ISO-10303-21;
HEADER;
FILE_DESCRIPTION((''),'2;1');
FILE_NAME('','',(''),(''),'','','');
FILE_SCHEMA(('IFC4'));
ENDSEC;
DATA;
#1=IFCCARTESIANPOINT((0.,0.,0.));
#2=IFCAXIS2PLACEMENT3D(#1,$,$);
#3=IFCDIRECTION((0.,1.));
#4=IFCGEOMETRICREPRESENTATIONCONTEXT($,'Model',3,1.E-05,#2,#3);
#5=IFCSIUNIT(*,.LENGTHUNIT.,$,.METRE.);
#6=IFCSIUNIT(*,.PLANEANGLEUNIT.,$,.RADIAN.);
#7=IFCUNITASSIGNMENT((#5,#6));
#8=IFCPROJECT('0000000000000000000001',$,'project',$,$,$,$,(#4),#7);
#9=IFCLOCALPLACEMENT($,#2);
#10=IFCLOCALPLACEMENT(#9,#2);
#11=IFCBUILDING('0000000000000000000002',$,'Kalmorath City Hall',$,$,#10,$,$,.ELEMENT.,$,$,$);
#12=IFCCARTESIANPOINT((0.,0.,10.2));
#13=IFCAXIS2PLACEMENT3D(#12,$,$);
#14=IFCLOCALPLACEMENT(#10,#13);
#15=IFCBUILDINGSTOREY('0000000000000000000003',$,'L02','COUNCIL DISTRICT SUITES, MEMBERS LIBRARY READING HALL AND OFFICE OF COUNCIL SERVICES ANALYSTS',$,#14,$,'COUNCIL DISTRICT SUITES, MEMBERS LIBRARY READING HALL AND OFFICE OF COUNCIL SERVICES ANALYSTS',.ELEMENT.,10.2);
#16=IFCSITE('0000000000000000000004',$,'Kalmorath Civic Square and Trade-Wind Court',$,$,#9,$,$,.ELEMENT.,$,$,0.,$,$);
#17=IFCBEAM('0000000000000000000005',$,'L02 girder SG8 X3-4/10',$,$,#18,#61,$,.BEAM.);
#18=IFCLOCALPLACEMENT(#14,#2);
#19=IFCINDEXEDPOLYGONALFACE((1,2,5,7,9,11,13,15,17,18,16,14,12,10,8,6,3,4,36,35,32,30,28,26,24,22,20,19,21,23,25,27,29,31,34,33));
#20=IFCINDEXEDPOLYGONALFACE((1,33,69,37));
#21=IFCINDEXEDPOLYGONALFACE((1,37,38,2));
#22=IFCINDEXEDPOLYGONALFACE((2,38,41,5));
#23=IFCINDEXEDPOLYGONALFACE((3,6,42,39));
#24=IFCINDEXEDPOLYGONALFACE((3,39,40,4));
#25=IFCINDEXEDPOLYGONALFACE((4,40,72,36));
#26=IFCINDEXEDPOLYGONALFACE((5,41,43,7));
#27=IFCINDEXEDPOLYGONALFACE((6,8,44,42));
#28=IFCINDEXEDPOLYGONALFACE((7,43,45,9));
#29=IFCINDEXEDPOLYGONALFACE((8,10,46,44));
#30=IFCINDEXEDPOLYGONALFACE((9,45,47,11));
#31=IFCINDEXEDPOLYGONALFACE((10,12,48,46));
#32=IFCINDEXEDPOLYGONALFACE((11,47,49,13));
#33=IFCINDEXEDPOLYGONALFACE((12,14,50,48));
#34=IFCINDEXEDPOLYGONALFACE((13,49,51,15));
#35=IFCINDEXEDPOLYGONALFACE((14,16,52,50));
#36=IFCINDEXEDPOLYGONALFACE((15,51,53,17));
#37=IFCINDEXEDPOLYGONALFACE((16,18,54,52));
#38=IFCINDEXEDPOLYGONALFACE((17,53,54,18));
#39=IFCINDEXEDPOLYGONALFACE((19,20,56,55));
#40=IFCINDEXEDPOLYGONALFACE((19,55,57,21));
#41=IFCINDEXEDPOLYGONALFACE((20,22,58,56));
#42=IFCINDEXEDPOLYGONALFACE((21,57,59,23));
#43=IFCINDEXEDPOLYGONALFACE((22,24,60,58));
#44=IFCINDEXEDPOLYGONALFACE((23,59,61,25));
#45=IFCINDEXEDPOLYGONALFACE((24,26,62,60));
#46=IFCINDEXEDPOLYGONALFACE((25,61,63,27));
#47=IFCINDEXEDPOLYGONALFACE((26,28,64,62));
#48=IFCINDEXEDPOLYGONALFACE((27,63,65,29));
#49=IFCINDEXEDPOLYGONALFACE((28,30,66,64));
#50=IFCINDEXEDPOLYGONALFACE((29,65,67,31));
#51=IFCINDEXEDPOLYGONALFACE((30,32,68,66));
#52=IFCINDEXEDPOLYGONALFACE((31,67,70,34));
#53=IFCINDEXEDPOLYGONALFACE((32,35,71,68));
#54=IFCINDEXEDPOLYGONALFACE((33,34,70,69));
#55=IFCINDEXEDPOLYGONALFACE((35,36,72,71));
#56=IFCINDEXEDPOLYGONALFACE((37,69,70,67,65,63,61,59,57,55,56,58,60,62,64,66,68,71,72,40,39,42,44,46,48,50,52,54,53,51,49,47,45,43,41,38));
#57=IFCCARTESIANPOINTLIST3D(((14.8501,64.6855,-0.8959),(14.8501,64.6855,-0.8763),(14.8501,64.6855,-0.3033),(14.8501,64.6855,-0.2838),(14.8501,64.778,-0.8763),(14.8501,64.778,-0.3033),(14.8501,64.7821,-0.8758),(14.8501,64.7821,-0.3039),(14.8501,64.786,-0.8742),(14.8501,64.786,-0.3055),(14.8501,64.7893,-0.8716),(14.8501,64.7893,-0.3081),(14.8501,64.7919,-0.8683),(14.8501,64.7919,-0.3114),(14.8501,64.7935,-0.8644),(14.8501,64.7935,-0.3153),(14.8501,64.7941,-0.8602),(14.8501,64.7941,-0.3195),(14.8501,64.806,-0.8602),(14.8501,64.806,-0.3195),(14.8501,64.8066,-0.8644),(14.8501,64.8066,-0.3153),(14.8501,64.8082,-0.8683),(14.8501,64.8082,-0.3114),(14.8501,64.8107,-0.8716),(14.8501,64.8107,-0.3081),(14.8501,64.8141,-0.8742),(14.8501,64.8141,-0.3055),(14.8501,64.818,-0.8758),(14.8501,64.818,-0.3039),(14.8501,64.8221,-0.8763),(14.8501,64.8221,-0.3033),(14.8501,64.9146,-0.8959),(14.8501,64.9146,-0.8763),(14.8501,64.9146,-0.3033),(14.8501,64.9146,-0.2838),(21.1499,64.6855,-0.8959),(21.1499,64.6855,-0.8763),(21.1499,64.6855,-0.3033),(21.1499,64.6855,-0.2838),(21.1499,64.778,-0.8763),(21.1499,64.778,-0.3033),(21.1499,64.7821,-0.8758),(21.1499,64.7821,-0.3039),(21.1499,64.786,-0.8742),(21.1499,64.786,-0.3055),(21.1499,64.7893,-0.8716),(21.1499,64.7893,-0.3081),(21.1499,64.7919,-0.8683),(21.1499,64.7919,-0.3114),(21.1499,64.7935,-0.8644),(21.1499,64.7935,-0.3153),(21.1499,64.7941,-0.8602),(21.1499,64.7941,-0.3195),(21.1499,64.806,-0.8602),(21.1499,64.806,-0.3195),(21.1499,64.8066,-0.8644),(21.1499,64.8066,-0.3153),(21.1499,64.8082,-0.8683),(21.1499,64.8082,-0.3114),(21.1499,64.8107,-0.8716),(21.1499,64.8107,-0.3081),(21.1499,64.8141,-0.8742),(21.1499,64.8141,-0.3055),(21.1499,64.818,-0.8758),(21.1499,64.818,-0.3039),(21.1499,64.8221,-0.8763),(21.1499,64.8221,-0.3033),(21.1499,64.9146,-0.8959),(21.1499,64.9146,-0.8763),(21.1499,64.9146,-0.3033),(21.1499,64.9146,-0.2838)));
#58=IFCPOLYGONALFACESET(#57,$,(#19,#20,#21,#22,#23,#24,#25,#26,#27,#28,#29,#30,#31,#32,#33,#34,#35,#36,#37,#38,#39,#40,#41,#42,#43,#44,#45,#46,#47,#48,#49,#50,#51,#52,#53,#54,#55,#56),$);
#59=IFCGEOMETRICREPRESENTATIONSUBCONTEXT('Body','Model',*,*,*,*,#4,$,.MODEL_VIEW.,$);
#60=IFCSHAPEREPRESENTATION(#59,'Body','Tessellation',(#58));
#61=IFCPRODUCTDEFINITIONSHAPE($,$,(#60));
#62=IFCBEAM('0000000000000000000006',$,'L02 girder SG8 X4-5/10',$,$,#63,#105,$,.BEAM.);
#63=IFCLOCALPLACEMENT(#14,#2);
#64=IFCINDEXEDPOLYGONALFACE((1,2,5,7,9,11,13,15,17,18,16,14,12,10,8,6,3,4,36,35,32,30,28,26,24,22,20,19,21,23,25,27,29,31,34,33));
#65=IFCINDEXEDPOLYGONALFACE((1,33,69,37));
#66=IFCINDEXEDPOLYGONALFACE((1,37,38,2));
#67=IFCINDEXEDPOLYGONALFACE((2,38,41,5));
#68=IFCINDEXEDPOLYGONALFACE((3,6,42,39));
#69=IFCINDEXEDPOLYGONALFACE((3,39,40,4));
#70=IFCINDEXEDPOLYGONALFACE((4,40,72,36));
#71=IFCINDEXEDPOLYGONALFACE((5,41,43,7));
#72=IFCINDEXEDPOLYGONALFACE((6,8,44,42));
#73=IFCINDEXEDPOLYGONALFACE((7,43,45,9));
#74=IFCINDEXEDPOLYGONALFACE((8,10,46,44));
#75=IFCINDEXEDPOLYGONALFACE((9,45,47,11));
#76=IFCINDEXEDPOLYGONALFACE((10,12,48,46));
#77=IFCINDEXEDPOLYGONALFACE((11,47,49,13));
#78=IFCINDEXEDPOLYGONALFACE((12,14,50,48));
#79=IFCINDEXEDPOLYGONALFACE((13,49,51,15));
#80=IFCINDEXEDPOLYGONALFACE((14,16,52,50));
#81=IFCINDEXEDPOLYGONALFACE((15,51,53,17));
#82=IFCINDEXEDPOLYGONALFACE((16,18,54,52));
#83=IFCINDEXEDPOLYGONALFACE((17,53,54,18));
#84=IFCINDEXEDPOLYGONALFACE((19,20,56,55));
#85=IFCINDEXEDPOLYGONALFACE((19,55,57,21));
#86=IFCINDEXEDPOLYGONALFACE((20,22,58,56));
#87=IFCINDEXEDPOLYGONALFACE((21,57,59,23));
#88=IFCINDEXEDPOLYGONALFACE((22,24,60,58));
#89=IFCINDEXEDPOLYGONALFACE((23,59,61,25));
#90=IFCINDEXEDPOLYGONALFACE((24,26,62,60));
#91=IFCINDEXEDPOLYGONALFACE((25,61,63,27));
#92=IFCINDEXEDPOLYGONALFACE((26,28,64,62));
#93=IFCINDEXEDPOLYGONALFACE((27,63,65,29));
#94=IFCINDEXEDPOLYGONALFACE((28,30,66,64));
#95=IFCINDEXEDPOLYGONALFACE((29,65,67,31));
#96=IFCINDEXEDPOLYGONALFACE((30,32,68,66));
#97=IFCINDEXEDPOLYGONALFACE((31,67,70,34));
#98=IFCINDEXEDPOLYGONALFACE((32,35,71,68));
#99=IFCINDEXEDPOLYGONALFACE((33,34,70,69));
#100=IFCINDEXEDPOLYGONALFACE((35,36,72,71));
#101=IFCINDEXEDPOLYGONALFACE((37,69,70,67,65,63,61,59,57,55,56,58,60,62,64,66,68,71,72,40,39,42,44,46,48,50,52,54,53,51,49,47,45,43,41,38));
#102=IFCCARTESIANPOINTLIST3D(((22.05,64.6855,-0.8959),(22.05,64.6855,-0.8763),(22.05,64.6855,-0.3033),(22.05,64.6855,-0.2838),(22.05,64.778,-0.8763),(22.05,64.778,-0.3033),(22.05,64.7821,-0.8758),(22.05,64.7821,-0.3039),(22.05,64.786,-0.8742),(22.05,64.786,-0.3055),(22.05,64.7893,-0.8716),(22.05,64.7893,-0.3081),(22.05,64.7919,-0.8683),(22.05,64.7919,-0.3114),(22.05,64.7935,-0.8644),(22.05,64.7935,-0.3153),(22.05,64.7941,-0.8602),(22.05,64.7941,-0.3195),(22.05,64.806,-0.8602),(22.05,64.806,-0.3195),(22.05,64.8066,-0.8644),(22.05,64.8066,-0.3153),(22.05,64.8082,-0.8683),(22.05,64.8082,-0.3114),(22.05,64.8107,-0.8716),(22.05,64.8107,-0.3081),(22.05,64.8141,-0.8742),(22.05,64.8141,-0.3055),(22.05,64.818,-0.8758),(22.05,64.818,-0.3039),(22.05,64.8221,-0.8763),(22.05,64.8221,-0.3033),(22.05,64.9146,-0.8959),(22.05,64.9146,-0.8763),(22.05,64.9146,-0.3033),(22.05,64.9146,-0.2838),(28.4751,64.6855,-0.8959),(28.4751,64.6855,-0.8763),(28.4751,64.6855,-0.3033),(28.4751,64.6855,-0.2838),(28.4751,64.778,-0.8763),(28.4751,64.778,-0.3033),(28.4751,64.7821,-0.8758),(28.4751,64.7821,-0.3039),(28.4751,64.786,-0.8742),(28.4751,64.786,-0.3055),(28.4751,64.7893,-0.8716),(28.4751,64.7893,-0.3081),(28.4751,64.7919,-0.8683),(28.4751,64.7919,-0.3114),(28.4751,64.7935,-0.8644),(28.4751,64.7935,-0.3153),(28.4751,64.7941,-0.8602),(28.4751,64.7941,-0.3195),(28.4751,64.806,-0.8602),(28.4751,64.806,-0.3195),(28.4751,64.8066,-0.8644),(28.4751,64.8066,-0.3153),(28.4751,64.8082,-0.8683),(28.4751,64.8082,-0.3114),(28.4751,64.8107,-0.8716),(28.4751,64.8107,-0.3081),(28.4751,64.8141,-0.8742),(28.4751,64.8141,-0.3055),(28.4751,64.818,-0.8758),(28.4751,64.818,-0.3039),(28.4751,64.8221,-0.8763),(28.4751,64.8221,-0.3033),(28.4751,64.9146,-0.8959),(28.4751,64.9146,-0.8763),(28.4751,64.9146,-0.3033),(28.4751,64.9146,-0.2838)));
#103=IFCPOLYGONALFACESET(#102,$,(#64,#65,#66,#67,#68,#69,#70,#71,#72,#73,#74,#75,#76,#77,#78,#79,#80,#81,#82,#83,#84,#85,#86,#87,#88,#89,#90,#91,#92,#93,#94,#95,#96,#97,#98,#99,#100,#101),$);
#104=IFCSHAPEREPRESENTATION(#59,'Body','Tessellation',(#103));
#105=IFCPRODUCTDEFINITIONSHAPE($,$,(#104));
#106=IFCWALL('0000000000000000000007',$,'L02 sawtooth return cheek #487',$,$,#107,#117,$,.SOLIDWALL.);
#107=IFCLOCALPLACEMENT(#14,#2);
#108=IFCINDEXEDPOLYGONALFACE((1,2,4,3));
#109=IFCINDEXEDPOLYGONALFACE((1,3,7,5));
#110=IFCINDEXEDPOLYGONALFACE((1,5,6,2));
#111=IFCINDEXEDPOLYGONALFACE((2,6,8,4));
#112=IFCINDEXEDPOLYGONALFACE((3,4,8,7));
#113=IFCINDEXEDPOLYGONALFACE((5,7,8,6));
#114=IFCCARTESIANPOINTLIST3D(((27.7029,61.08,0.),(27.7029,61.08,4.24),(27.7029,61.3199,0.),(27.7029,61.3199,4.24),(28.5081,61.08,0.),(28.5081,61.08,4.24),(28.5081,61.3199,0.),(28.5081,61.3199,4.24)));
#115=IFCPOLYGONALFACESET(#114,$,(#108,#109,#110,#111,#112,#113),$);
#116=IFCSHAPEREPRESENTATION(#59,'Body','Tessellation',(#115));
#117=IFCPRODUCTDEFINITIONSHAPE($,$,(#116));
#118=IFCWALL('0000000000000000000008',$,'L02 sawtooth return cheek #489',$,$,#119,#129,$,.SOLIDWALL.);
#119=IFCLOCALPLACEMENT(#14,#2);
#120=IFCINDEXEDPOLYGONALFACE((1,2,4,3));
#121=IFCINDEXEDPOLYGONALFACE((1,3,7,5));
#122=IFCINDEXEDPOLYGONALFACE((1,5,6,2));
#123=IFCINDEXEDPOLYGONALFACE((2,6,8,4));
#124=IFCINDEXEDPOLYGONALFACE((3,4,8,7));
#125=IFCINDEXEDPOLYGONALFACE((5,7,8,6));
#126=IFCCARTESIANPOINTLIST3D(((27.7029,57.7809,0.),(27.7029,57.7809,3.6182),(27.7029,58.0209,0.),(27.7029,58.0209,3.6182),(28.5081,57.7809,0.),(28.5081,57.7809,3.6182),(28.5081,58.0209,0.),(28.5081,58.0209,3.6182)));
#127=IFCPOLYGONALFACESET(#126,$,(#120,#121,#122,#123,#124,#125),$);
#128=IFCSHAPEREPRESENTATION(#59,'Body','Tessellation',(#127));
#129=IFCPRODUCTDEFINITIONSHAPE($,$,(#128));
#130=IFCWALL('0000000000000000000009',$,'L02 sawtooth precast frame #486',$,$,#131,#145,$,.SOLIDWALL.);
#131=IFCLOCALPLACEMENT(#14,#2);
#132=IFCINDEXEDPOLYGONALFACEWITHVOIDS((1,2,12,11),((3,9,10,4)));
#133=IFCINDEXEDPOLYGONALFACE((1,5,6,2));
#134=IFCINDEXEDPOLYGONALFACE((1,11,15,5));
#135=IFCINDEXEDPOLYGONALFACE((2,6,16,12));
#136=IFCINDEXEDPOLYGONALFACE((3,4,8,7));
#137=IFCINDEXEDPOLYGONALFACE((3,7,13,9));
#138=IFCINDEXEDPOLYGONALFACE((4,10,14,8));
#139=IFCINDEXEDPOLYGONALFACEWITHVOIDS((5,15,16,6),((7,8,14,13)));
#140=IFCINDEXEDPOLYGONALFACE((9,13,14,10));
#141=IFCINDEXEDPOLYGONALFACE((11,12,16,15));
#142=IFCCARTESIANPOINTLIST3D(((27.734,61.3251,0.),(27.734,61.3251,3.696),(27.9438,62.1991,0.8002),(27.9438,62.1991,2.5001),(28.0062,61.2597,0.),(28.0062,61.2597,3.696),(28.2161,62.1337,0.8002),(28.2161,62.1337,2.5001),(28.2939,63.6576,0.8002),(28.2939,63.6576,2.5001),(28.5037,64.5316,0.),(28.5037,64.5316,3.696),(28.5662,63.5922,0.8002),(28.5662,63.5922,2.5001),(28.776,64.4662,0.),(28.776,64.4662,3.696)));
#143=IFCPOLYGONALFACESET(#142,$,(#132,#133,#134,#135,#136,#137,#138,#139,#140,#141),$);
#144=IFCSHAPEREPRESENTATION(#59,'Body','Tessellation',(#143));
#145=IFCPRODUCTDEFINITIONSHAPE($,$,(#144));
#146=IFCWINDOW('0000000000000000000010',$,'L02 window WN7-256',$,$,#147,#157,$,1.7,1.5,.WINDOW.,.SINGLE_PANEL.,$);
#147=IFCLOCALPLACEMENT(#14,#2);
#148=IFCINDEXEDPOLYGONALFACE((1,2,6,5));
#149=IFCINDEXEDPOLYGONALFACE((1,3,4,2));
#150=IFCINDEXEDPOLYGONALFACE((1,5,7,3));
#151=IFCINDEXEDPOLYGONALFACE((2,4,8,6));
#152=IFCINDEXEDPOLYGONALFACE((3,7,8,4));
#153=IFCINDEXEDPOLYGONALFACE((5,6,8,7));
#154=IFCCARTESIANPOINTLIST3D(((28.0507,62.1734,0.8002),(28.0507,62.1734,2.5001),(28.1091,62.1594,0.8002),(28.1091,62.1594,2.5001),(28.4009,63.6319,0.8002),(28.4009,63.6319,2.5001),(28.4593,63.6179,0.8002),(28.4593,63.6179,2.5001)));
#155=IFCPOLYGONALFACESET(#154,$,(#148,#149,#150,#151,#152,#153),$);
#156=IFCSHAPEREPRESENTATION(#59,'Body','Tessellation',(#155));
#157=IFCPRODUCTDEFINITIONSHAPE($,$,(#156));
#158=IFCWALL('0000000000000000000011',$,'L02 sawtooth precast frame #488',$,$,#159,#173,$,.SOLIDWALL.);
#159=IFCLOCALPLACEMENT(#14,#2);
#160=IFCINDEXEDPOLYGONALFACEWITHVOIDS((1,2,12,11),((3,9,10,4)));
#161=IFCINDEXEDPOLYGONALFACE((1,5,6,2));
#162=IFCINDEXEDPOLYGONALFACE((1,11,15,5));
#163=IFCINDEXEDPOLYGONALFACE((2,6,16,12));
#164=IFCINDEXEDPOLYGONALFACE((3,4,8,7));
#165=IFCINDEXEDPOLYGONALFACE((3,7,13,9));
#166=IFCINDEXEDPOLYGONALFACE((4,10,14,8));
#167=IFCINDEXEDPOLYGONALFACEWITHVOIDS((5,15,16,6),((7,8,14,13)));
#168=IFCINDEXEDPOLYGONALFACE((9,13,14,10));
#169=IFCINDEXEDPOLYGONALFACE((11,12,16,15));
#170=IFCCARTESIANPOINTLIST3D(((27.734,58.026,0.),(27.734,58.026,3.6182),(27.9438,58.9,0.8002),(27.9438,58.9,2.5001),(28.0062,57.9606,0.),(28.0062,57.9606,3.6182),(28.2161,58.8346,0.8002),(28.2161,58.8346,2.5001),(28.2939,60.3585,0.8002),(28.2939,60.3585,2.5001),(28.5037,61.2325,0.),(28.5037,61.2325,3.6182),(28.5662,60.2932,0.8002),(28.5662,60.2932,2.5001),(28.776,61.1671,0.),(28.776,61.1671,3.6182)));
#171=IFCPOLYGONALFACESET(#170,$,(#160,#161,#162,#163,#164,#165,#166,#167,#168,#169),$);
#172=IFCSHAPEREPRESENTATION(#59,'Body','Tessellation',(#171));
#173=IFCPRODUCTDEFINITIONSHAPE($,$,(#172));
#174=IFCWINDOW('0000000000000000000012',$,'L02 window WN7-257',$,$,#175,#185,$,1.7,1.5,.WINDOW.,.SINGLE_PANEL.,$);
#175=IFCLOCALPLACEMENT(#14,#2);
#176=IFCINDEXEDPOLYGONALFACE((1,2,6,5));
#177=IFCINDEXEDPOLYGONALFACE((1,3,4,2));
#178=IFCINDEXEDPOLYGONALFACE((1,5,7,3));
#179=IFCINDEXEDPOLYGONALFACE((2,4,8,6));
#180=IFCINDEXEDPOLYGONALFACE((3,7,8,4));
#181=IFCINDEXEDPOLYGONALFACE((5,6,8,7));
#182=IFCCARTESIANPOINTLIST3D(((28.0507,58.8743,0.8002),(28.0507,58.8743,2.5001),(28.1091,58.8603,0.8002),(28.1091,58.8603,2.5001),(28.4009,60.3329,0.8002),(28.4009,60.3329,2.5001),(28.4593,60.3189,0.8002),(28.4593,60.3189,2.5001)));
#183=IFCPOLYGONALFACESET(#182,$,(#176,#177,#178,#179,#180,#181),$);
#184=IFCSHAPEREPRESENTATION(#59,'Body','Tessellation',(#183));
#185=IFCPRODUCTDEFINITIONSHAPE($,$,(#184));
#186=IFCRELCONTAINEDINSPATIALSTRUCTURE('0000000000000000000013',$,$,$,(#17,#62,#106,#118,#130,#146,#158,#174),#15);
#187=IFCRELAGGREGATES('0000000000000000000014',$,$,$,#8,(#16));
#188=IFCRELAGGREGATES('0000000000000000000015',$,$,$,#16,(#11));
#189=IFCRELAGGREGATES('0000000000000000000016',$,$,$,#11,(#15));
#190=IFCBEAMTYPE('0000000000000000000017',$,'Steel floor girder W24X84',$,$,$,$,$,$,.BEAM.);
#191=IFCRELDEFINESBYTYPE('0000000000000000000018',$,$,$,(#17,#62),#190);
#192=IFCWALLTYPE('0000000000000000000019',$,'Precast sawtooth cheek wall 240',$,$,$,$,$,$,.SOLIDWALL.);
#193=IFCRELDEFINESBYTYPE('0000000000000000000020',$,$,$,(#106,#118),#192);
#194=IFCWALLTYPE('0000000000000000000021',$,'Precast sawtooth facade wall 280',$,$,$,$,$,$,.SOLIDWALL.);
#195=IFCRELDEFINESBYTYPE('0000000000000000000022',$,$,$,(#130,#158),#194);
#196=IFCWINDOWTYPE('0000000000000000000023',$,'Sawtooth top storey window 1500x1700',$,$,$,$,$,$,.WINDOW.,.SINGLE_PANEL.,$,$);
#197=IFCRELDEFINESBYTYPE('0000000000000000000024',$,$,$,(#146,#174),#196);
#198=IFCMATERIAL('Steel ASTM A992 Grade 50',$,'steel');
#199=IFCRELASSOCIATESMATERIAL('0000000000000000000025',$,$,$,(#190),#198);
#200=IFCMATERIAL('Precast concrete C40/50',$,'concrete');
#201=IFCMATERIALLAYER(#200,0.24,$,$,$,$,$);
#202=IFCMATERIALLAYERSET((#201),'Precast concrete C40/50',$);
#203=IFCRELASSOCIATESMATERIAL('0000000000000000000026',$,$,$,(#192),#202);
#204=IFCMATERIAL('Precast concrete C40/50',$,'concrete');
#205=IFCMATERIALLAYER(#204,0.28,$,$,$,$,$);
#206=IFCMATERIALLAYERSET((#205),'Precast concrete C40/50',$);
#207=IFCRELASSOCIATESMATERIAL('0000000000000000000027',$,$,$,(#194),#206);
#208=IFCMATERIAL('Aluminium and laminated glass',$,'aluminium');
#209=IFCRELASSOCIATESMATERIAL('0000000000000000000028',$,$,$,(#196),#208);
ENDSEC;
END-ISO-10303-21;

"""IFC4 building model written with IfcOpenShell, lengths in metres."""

from ifc_helpers import new_model, si_unit, direction, frame, frame_2d, origin, origin_2d, place, context, subcontext, project, spatial, rectangle, i_section, extrude, material, layer, layer_set, material_profile, profile_set, type_object, element, fill, save


model = new_model("IFC4")

# Units and contexts
model_context = context("Model", 3, precision=1e-05, world=origin(), true_north=direction((0.0, 1.0)))
body_context = subcontext(model_context, "Body", "Model", "MODEL_VIEW")
ifc_project = project(units=[si_unit("LENGTHUNIT", "METRE"), si_unit("PLANEANGLEUNIT", "RADIAN")], contexts=[model_context])

# Site, building, storey
site_placement = place(None, origin())
site = spatial("IfcSite", under=ifc_project, at=site_placement, Name="Kalmorath Civic Square and Trade-Wind Court", CompositionType="ELEMENT", RefElevation=0.0)
building_placement = place(site_placement, origin())
building = spatial("IfcBuilding", under=site, at=building_placement, Name="Kalmorath City Hall", CompositionType="ELEMENT")
storey_placement = place(building_placement, frame((0.0, 0.0, 10.2)))
storey = spatial("IfcBuildingStorey", under=building, at=storey_placement, Name="L02", Description="COUNCIL DISTRICT SUITES, MEMBERS LIBRARY READING HALL AND OFFICE OF COUNCIL SERVICES ANALYSTS", LongName="COUNCIL DISTRICT SUITES, MEMBERS LIBRARY READING HALL AND OFFICE OF COUNCIL SERVICES ANALYSTS", CompositionType="ELEMENT", Elevation=10.2)

# Beams
ifc_material_1 = material(Name="Steel ASTM A992 Grade 50", Category="steel")
ifc_material_profile_1 = material_profile(ifc_material_1, i_section(OverallWidth=0.229, OverallDepth=0.6121, WebThickness=0.012, FlangeThickness=0.0195, FilletRadius=0.0161, at=origin_2d()), Name="W24X84")
ifc_profile_set_1 = profile_set([ifc_material_profile_1], Name="Steel ASTM A992 Grade 50")
beam_type_1 = type_object("IfcBeamType", Name="Steel floor girder W24X84", PredefinedType="BEAM", material=ifc_profile_set_1)
beam_1_placement = place(storey_placement, frame((14.8501, 64.8, -0.5898), z_axis=(1.0, 0.0, 0.0), x_axis=(0.0, 1.0, 0.0)))
element("IfcBeam", 1, at=beam_1_placement, inside=storey, type_object=beam_type_1, Name="L02 girder SG8 X3-4/10", PredefinedType="BEAM", context=body_context, shape_type="SweptSolid", body=[
    extrude(i_section(OverallWidth=0.229, OverallDepth=0.6121, WebThickness=0.012, FlangeThickness=0.0195, FilletRadius=0.0161, at=origin_2d()), origin(), (0.0, 0.0, 1.0), 6.2998),
])
beam_2_placement = place(storey_placement, frame((22.05, 64.8, -0.5898), z_axis=(1.0, 0.0, 0.0), x_axis=(0.0, 1.0, 0.0)))
element("IfcBeam", 2, at=beam_2_placement, inside=storey, type_object=beam_type_1, Name="L02 girder SG8 X4-5/10", PredefinedType="BEAM", context=body_context, shape_type="SweptSolid", body=[
    extrude(i_section(OverallWidth=0.229, OverallDepth=0.6121, WebThickness=0.012, FlangeThickness=0.0195, FilletRadius=0.0161, at=origin_2d()), origin(), (0.0, 0.0, 1.0), 6.425),
])

# Walls
ifc_material_2 = material(Name="Precast concrete C40/50", Category="concrete")
ifc_layer_1 = layer(ifc_material_2, 0.24)
ifc_layer_set_1 = layer_set([ifc_layer_1], Name="Precast concrete C40/50")
wall_type_1 = type_object("IfcWallType", Name="Precast sawtooth cheek wall 240", PredefinedType="SOLIDWALL", material=ifc_layer_set_1)
wall_1_placement = place(storey_placement, frame((27.7029, 61.2, 0.0), z_axis=(0.0, 0.0, 1.0), x_axis=(1.0, 0.0, 0.0)))
element("IfcWall", 3, at=wall_1_placement, inside=storey, type_object=wall_type_1, Name="L02 sawtooth return cheek #487", PredefinedType="SOLIDWALL", context=body_context, shape_type="SweptSolid", body=[
    extrude(rectangle(XDim=0.8052, YDim=0.24, at=frame_2d((0.4026, 0.0))), origin(), (0.0, 0.0, 1.0), 4.24),
])
wall_2_placement = place(storey_placement, frame((27.7029, 57.9009, 0.0), z_axis=(0.0, 0.0, 1.0), x_axis=(1.0, 0.0, 0.0)))
element("IfcWall", 4, at=wall_2_placement, inside=storey, type_object=wall_type_1, Name="L02 sawtooth return cheek #489", PredefinedType="SOLIDWALL", context=body_context, shape_type="SweptSolid", body=[
    extrude(rectangle(XDim=0.8052, YDim=0.24, at=frame_2d((0.4026, 0.0))), origin(), (0.0, 0.0, 1.0), 3.6182),
])

# Walls, openings, windows
ifc_material_3 = material(Name="Precast concrete C40/50", Category="concrete")
ifc_layer_2 = layer(ifc_material_3, 0.28)
ifc_layer_set_2 = layer_set([ifc_layer_2], Name="Precast concrete C40/50")
wall_type_2 = type_object("IfcWallType", Name="Precast sawtooth facade wall 280", PredefinedType="SOLIDWALL", material=ifc_layer_set_2)
wall_3_placement = place(storey_placement, frame((28.6399, 64.499, 0.0), z_axis=(0.0, 0.0, 1.0), x_axis=(-0.233432, -0.972373, 0.0)))
wall_3 = element("IfcWall", 5, at=wall_3_placement, inside=storey, type_object=wall_type_2, Name="L02 sawtooth precast frame #486", PredefinedType="SOLIDWALL", context=body_context, shape_type="SweptSolid", body=[
    extrude(rectangle(XDim=3.2976, YDim=0.28, at=frame_2d((1.6489, 0.0))), origin(), (0.0, 0.0, 1.0), 3.696),
])
opening_1_placement = place(wall_3_placement, frame((0.8989, 0.0, 0.8)))
opening_1 = element("IfcOpeningElement", 6, at=opening_1_placement, cuts=wall_3, PredefinedType="OPENING", context=body_context, shape_type="SweptSolid", body=[
    extrude(rectangle(XDim=1.5, YDim=1.7, at=frame_2d((0.75, 0.8501))), frame((0.0, 0.1499, 0.0), z_axis=(0.0, -1.0, 0.0), x_axis=(1.0, 0.0, 0.0)), (0.0, 0.0, 1.0), 0.3),
])
ifc_material_4 = material(Name="Aluminium and laminated glass", Category="aluminium")
window_type = type_object("IfcWindowType", Name="Sawtooth top storey window 1500x1700", PartitioningType="SINGLE_PANEL", PredefinedType="WINDOW", material=ifc_material_4)
window_1_placement = place(opening_1_placement, origin())
window_1 = element("IfcWindow", 7, at=window_1_placement, inside=storey, type_object=window_type, Name="L02 window WN7-256", OverallHeight=1.7, OverallWidth=1.5, PartitioningType="SINGLE_PANEL", PredefinedType="WINDOW", context=body_context, shape_type="SweptSolid", body=[
    extrude(rectangle(XDim=1.5, YDim=1.7, at=frame_2d((0.75, 0.8501))), frame((0.0, 0.03, 0.0), z_axis=(0.0, -1.0, 0.0), x_axis=(1.0, 0.0, 0.0)), (0.0, 0.0, 1.0), 0.0601),
])
fill(opening_1, window_1)
wall_4_placement = place(storey_placement, frame((28.6399, 61.2, 0.0), z_axis=(0.0, 0.0, 1.0), x_axis=(-0.233432, -0.972373, 0.0)))
wall_4 = element("IfcWall", 8, at=wall_4_placement, inside=storey, type_object=wall_type_2, Name="L02 sawtooth precast frame #488", PredefinedType="SOLIDWALL", context=body_context, shape_type="SweptSolid", body=[
    extrude(rectangle(XDim=3.2976, YDim=0.28, at=frame_2d((1.6489, 0.0))), origin(), (0.0, 0.0, 1.0), 3.6182),
])
opening_2_placement = place(wall_4_placement, frame((0.8989, 0.0, 0.8)))
opening_2 = element("IfcOpeningElement", 9, at=opening_2_placement, cuts=wall_4, PredefinedType="OPENING", context=body_context, shape_type="SweptSolid", body=[
    extrude(rectangle(XDim=1.5, YDim=1.7, at=frame_2d((0.75, 0.8501))), frame((0.0, 0.1499, 0.0), z_axis=(0.0, -1.0, 0.0), x_axis=(1.0, 0.0, 0.0)), (0.0, 0.0, 1.0), 0.3),
])
window_2_placement = place(opening_2_placement, origin())
window_2 = element("IfcWindow", 10, at=window_2_placement, inside=storey, type_object=window_type, Name="L02 window WN7-257", OverallHeight=1.7, OverallWidth=1.5, PartitioningType="SINGLE_PANEL", PredefinedType="WINDOW", context=body_context, shape_type="SweptSolid", body=[
    extrude(rectangle(XDim=1.5, YDim=1.7, at=frame_2d((0.75, 0.8501))), frame((0.0, 0.03, 0.0), z_axis=(0.0, -1.0, 0.0), x_axis=(1.0, 0.0, 0.0)), (0.0, 0.0, 1.0), 0.0601),
])
fill(opening_2, window_2)

save(model, "model.ifc")
